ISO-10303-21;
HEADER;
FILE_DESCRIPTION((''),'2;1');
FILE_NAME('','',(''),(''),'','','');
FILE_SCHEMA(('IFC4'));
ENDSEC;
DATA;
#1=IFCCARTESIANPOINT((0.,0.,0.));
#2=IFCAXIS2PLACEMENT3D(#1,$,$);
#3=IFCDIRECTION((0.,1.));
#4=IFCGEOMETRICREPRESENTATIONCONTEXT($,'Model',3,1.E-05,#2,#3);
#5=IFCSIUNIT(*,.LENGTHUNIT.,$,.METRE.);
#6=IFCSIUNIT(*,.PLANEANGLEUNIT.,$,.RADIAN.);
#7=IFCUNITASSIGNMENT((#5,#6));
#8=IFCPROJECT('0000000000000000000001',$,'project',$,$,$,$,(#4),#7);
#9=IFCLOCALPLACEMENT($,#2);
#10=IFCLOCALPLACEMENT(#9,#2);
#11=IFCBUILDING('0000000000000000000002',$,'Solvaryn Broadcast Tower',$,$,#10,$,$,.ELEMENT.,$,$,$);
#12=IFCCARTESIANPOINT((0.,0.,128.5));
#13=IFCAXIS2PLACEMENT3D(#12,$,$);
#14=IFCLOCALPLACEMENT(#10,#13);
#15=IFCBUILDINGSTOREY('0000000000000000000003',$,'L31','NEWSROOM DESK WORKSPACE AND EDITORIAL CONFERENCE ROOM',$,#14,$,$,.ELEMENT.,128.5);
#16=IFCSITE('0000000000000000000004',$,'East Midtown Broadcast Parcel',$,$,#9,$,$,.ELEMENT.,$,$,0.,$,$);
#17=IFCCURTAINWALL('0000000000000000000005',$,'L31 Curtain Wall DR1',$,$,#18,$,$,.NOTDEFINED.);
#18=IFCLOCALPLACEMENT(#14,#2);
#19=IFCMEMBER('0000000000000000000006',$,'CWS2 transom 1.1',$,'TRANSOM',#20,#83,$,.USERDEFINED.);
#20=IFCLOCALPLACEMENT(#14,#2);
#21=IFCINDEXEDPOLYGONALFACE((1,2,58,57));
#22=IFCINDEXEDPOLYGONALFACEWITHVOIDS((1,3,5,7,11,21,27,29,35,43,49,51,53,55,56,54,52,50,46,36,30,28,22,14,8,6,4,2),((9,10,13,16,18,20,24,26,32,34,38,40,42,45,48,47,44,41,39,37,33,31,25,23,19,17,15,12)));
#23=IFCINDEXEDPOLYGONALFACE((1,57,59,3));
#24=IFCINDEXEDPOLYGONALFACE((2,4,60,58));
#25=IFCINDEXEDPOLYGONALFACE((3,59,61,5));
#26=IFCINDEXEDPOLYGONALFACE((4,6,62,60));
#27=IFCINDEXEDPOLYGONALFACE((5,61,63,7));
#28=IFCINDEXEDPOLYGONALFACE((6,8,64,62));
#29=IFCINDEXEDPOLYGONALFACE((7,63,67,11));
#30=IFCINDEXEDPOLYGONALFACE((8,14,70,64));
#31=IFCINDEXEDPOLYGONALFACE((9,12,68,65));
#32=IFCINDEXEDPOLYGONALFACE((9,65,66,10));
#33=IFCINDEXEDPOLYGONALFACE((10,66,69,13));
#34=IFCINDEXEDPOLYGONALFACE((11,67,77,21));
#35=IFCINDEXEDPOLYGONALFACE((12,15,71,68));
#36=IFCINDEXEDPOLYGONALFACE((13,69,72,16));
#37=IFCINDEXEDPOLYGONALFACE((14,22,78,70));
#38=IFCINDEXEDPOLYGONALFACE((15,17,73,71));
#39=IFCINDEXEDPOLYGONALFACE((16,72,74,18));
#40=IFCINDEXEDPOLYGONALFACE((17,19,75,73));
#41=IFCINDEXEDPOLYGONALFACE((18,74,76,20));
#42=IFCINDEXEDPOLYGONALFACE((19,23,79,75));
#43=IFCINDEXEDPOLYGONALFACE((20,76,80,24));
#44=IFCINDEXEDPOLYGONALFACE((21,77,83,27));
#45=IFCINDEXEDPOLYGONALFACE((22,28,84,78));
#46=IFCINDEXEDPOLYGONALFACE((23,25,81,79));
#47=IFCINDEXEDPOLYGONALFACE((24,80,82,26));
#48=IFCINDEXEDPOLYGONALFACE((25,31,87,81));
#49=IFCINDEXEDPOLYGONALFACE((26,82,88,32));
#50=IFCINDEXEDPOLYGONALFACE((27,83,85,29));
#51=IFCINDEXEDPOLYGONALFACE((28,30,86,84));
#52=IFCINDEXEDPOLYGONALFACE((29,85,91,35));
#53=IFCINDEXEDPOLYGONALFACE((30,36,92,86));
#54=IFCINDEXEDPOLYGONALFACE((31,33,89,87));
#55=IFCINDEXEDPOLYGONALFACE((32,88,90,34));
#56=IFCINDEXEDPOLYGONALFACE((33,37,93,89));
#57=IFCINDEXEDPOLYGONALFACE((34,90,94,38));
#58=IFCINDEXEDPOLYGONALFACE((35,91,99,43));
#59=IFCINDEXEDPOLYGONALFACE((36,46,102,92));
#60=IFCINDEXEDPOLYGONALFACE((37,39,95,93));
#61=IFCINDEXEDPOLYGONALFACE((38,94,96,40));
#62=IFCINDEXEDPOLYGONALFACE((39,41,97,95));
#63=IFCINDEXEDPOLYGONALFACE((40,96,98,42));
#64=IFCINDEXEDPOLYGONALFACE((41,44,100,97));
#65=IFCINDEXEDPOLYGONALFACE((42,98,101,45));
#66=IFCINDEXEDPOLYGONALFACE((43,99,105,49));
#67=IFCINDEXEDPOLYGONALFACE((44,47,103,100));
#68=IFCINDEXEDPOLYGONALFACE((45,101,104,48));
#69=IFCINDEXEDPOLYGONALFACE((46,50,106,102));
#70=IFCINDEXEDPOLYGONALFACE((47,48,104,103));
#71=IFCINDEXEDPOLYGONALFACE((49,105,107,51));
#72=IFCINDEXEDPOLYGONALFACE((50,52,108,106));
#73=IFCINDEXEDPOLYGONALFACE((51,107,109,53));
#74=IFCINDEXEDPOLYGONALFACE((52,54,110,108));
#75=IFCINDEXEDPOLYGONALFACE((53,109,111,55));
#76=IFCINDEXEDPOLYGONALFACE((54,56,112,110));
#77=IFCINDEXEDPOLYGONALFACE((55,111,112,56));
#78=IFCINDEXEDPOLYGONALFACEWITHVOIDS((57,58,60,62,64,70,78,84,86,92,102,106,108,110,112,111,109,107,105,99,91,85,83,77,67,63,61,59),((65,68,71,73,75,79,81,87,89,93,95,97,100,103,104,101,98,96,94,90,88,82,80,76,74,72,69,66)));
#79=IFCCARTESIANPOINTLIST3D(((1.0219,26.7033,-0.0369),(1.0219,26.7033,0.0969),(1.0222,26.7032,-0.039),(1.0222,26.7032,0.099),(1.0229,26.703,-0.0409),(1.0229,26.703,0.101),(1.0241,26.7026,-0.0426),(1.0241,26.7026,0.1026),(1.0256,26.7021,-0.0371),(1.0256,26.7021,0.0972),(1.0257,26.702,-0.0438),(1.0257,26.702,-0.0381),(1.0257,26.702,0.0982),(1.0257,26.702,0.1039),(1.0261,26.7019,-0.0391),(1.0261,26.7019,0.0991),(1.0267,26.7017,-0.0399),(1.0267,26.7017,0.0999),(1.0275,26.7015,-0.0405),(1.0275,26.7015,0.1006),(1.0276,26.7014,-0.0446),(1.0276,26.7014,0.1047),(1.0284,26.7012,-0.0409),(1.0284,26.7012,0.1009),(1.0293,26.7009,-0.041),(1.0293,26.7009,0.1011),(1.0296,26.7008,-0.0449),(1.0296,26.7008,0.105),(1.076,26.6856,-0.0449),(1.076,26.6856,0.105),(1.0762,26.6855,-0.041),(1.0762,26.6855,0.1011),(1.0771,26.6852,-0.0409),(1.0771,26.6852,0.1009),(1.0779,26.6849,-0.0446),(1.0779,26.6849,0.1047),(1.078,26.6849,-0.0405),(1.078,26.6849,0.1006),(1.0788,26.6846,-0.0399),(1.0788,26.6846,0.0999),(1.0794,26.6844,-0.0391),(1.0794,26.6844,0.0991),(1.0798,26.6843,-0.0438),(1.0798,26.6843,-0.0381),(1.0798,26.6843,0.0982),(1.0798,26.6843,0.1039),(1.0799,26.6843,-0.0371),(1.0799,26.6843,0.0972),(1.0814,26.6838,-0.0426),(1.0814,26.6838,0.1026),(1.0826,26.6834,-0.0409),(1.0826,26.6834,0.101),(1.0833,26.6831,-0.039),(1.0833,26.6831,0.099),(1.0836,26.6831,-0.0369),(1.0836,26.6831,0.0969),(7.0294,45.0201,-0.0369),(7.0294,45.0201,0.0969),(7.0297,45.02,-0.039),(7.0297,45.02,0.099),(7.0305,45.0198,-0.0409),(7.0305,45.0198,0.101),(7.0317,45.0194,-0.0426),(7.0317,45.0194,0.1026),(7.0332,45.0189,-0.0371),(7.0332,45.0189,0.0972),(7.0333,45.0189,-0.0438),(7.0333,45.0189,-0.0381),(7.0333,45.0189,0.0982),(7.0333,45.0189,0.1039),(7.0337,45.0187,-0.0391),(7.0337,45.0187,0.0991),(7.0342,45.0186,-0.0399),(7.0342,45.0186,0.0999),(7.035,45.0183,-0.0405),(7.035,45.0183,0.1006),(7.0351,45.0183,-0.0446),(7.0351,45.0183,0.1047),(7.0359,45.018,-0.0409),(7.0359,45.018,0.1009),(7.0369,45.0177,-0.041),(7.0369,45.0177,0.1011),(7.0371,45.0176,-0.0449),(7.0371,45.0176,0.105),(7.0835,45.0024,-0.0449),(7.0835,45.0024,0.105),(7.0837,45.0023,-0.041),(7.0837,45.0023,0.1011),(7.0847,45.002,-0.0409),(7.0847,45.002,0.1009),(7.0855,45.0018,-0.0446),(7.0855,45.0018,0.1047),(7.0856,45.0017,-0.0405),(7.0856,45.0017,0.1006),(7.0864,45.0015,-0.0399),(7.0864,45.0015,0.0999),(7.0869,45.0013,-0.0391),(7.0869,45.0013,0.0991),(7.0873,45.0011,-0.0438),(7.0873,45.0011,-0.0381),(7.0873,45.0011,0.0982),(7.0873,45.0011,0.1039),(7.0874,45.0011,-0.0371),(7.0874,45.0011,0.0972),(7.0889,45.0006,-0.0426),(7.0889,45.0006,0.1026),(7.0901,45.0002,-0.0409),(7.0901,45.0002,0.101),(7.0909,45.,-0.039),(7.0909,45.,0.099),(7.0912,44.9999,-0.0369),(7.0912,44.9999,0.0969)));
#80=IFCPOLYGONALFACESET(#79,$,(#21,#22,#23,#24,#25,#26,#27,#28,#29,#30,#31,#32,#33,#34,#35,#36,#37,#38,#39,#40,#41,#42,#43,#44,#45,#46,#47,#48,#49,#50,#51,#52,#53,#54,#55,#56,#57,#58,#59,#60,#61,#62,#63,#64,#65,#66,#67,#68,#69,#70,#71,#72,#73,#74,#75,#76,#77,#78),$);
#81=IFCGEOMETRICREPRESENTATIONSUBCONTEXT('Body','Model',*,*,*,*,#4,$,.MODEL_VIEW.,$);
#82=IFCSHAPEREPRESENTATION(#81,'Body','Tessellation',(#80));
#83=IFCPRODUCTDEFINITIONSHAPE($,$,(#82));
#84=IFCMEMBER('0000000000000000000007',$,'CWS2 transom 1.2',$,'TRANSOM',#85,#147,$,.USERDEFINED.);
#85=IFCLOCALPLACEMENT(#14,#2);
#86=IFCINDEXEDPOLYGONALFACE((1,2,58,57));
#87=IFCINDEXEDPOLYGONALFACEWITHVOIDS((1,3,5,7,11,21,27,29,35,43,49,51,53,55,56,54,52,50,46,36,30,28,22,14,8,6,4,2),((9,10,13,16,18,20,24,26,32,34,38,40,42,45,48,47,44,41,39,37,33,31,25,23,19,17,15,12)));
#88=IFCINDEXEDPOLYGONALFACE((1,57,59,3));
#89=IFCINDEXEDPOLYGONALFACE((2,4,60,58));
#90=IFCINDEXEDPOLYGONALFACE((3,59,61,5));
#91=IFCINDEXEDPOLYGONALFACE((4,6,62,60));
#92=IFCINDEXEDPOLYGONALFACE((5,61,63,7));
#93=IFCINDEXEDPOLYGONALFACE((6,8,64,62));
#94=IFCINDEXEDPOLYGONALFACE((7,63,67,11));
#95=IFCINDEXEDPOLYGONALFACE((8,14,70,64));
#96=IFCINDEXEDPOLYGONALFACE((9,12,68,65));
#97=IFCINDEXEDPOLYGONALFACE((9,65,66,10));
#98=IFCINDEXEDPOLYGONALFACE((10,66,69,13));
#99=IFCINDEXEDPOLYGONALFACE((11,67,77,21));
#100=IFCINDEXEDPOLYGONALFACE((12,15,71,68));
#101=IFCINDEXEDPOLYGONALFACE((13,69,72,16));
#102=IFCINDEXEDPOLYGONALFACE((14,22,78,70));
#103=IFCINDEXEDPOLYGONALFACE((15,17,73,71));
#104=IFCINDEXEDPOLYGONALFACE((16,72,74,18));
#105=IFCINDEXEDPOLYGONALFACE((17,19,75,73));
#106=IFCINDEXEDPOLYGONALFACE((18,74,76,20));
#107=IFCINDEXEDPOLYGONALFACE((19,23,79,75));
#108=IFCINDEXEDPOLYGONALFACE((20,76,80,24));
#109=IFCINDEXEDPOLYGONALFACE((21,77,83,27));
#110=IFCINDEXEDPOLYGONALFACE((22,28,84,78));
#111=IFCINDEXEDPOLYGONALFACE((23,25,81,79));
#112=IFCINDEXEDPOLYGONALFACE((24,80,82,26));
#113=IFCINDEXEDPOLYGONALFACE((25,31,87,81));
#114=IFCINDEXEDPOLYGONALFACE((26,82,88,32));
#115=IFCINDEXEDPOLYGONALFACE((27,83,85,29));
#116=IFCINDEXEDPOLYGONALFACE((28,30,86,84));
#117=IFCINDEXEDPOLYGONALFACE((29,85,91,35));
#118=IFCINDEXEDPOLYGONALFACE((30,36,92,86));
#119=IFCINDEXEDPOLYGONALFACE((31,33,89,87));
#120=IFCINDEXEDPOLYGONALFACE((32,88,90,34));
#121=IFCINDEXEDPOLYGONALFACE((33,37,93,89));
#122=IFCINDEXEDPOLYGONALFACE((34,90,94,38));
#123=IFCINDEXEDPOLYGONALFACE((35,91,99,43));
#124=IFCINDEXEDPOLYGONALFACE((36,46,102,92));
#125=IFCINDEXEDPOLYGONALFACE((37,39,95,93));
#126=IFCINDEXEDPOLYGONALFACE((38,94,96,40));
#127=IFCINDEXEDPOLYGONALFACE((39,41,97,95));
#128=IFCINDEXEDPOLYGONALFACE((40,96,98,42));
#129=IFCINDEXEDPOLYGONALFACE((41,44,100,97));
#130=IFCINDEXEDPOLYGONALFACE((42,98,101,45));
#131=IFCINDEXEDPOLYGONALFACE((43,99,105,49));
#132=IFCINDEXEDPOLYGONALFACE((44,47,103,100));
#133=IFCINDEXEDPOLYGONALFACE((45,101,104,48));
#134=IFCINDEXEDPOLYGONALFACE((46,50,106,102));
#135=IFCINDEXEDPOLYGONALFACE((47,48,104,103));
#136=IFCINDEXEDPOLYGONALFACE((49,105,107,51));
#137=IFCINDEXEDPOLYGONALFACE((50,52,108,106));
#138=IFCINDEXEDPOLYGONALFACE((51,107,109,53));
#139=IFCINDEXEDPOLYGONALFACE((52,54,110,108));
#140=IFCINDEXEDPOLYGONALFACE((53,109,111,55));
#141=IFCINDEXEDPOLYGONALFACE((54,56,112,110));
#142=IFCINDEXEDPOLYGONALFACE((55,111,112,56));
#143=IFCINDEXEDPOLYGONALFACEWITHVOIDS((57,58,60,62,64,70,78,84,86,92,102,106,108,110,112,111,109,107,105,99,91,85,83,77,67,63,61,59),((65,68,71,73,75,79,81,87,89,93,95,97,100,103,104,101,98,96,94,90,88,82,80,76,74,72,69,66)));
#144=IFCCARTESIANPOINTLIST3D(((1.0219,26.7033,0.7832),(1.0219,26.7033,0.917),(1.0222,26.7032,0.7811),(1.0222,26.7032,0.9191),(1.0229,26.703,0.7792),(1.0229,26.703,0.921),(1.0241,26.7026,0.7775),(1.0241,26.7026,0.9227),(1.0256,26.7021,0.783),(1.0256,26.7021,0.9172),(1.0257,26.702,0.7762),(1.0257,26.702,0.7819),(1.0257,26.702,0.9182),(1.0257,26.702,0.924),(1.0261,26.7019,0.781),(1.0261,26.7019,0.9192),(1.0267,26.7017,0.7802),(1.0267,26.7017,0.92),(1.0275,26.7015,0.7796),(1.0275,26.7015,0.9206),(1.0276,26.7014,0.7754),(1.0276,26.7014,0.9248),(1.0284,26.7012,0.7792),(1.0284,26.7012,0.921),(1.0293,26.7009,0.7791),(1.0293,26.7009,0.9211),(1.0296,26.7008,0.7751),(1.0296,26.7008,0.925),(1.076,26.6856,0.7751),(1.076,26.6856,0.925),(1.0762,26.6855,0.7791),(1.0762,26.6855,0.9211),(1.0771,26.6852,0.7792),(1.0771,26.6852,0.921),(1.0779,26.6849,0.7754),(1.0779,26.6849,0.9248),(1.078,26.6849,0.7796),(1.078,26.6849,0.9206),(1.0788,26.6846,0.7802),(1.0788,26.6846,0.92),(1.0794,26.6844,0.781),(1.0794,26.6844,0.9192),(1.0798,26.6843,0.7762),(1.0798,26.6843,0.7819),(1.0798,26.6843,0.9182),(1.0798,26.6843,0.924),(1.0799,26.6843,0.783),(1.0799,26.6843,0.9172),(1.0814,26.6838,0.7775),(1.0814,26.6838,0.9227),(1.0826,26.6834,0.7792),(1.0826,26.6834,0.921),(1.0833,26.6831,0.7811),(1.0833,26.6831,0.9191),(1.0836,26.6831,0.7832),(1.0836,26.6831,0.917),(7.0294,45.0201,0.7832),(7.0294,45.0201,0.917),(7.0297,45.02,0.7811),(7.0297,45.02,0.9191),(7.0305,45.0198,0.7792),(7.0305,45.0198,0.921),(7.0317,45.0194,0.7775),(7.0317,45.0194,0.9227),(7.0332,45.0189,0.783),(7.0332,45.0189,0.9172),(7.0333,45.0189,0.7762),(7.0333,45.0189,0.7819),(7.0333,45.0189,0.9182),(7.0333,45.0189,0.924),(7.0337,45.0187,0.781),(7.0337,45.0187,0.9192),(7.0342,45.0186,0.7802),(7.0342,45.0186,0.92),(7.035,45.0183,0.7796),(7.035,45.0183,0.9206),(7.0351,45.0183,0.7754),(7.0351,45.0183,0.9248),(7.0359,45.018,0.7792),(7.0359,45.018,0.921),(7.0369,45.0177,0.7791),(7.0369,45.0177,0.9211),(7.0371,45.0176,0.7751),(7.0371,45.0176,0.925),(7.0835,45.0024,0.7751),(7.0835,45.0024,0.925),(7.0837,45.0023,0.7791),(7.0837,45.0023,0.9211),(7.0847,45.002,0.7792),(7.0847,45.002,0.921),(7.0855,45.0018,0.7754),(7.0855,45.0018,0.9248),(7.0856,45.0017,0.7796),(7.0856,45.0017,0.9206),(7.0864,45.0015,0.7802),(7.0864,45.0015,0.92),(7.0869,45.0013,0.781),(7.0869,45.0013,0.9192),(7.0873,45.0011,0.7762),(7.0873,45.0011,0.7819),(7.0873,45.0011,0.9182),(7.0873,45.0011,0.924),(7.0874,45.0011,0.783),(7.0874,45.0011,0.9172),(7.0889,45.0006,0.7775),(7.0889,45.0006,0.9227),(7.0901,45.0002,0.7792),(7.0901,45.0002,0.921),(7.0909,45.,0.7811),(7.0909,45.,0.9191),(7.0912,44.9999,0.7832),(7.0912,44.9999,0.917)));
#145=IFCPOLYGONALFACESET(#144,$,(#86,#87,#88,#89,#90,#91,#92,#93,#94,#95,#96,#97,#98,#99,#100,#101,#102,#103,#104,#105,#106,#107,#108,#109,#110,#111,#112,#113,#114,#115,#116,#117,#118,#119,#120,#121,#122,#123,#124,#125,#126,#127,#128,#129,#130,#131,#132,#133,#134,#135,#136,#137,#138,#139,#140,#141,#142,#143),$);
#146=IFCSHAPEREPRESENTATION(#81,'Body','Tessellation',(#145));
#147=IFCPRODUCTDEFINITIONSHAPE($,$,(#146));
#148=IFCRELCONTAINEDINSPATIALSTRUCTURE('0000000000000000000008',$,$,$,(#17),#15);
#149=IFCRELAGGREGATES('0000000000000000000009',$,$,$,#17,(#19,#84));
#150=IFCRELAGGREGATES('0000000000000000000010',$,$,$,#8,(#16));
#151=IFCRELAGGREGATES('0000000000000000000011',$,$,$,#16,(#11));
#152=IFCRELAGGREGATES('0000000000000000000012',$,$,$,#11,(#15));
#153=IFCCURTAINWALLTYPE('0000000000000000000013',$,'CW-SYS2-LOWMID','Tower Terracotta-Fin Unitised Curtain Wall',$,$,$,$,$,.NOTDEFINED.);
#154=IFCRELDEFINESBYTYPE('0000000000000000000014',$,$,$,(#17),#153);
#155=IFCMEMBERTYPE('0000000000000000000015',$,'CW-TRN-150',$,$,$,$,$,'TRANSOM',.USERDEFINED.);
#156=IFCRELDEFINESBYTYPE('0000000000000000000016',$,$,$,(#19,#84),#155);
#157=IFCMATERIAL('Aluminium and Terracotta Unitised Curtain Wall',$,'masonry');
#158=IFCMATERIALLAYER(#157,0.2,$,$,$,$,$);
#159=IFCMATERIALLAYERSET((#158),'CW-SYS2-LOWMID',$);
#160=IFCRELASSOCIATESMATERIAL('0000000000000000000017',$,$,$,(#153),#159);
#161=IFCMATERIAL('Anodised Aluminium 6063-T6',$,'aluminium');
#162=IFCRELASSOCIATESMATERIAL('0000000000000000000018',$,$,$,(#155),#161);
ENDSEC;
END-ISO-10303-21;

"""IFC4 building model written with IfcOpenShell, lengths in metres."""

from ifc_helpers import new_model, si_unit, direction, frame, origin, origin_2d, place, context, subcontext, project, spatial, hollow_rectangle, extrude, material, layer, layer_set, material_profile, profile_set, type_object, element, aggregate, save


model = new_model("IFC4")

# Units and contexts
model_context = context("Model", 3, precision=1e-05, world=origin(), true_north=direction((0.0, 1.0)))
body_context = subcontext(model_context, "Body", "Model", "MODEL_VIEW")
ifc_project = project(units=[si_unit("LENGTHUNIT", "METRE"), si_unit("PLANEANGLEUNIT", "RADIAN")], contexts=[model_context])

# Site, building, storey
site_placement = place(None, origin())
site = spatial("IfcSite", under=ifc_project, at=site_placement, Name="East Midtown Broadcast Parcel", CompositionType="ELEMENT", RefElevation=0.0)
building_placement = place(site_placement, origin())
building = spatial("IfcBuilding", under=site, at=building_placement, Name="Solvaryn Broadcast Tower", CompositionType="ELEMENT")
storey_placement = place(building_placement, frame((0.0, 0.0, 128.5)))
storey = spatial("IfcBuildingStorey", under=building, at=storey_placement, Name="L31", Description="NEWSROOM DESK WORKSPACE AND EDITORIAL CONFERENCE ROOM", CompositionType="ELEMENT", Elevation=128.5)

# Curtain wall
ifc_material_1 = material(Name="Aluminium and Terracotta Unitised Curtain Wall", Category="masonry")
ifc_layer_1 = layer(ifc_material_1, 0.2)
ifc_layer_set_1 = layer_set([ifc_layer_1], Name="CW-SYS2-LOWMID")
curtain_wall_type = type_object("IfcCurtainWallType", Name="CW-SYS2-LOWMID", Description="Tower Terracotta-Fin Unitised Curtain Wall", PredefinedType="NOTDEFINED", material=ifc_layer_set_1)
curtain_wall_1_placement = place(storey_placement, origin())
curtain_wall_1 = element("IfcCurtainWall", 1, at=curtain_wall_1_placement, inside=storey, type_object=curtain_wall_type, Name="L31 Curtain Wall DR1", PredefinedType="NOTDEFINED")

# Members
ifc_material_2 = material(Name="Anodised Aluminium 6063-T6", Category="aluminium")
ifc_material_profile_1 = material_profile(ifc_material_2, hollow_rectangle(XDim=0.0649, YDim=0.1499, WallThickness=0.0039, InnerFilletRadius=0.0039, OuterFilletRadius=0.0081, at=origin_2d()))
ifc_profile_set_1 = profile_set([ifc_material_profile_1], Name="Anodised Aluminium 6063-T6")
member_type_1 = type_object("IfcMemberType", Name="CW-TRN-150", ElementType="TRANSOM", PredefinedType="USERDEFINED", material=ifc_profile_set_1)
member_1_placement = place(storey_placement, frame((7.0603, 45.01, 0.03), z_axis=(-0.311646, -0.950198, 0.0), x_axis=(0.950198, -0.311646, 0.0)))
member_1 = element("IfcMember", 2, at=member_1_placement, type_object=member_type_1, Name="CWS2 transom 1.1", ObjectType="TRANSOM", PredefinedType="USERDEFINED", context=body_context, shape_type="SweptSolid", body=[
    extrude(hollow_rectangle(XDim=0.0649, YDim=0.1499, WallThickness=0.0039, InnerFilletRadius=0.0039, OuterFilletRadius=0.0081, at=origin_2d()), origin(), (0.0, 0.0, 1.0), 19.2769),
])
member_2_placement = place(storey_placement, frame((7.0603, 45.01, 0.8501), z_axis=(-0.311646, -0.950198, 0.0), x_axis=(0.950198, -0.311646, 0.0)))
member_2 = element("IfcMember", 3, at=member_2_placement, type_object=member_type_1, Name="CWS2 transom 1.2", ObjectType="TRANSOM", PredefinedType="USERDEFINED", context=body_context, shape_type="SweptSolid", body=[
    extrude(hollow_rectangle(XDim=0.0649, YDim=0.1499, WallThickness=0.0039, InnerFilletRadius=0.0039, OuterFilletRadius=0.0081, at=origin_2d()), origin(), (0.0, 0.0, 1.0), 19.2769),
])
aggregate(curtain_wall_1, [member_1, member_2])

save(model, "model.ifc")
